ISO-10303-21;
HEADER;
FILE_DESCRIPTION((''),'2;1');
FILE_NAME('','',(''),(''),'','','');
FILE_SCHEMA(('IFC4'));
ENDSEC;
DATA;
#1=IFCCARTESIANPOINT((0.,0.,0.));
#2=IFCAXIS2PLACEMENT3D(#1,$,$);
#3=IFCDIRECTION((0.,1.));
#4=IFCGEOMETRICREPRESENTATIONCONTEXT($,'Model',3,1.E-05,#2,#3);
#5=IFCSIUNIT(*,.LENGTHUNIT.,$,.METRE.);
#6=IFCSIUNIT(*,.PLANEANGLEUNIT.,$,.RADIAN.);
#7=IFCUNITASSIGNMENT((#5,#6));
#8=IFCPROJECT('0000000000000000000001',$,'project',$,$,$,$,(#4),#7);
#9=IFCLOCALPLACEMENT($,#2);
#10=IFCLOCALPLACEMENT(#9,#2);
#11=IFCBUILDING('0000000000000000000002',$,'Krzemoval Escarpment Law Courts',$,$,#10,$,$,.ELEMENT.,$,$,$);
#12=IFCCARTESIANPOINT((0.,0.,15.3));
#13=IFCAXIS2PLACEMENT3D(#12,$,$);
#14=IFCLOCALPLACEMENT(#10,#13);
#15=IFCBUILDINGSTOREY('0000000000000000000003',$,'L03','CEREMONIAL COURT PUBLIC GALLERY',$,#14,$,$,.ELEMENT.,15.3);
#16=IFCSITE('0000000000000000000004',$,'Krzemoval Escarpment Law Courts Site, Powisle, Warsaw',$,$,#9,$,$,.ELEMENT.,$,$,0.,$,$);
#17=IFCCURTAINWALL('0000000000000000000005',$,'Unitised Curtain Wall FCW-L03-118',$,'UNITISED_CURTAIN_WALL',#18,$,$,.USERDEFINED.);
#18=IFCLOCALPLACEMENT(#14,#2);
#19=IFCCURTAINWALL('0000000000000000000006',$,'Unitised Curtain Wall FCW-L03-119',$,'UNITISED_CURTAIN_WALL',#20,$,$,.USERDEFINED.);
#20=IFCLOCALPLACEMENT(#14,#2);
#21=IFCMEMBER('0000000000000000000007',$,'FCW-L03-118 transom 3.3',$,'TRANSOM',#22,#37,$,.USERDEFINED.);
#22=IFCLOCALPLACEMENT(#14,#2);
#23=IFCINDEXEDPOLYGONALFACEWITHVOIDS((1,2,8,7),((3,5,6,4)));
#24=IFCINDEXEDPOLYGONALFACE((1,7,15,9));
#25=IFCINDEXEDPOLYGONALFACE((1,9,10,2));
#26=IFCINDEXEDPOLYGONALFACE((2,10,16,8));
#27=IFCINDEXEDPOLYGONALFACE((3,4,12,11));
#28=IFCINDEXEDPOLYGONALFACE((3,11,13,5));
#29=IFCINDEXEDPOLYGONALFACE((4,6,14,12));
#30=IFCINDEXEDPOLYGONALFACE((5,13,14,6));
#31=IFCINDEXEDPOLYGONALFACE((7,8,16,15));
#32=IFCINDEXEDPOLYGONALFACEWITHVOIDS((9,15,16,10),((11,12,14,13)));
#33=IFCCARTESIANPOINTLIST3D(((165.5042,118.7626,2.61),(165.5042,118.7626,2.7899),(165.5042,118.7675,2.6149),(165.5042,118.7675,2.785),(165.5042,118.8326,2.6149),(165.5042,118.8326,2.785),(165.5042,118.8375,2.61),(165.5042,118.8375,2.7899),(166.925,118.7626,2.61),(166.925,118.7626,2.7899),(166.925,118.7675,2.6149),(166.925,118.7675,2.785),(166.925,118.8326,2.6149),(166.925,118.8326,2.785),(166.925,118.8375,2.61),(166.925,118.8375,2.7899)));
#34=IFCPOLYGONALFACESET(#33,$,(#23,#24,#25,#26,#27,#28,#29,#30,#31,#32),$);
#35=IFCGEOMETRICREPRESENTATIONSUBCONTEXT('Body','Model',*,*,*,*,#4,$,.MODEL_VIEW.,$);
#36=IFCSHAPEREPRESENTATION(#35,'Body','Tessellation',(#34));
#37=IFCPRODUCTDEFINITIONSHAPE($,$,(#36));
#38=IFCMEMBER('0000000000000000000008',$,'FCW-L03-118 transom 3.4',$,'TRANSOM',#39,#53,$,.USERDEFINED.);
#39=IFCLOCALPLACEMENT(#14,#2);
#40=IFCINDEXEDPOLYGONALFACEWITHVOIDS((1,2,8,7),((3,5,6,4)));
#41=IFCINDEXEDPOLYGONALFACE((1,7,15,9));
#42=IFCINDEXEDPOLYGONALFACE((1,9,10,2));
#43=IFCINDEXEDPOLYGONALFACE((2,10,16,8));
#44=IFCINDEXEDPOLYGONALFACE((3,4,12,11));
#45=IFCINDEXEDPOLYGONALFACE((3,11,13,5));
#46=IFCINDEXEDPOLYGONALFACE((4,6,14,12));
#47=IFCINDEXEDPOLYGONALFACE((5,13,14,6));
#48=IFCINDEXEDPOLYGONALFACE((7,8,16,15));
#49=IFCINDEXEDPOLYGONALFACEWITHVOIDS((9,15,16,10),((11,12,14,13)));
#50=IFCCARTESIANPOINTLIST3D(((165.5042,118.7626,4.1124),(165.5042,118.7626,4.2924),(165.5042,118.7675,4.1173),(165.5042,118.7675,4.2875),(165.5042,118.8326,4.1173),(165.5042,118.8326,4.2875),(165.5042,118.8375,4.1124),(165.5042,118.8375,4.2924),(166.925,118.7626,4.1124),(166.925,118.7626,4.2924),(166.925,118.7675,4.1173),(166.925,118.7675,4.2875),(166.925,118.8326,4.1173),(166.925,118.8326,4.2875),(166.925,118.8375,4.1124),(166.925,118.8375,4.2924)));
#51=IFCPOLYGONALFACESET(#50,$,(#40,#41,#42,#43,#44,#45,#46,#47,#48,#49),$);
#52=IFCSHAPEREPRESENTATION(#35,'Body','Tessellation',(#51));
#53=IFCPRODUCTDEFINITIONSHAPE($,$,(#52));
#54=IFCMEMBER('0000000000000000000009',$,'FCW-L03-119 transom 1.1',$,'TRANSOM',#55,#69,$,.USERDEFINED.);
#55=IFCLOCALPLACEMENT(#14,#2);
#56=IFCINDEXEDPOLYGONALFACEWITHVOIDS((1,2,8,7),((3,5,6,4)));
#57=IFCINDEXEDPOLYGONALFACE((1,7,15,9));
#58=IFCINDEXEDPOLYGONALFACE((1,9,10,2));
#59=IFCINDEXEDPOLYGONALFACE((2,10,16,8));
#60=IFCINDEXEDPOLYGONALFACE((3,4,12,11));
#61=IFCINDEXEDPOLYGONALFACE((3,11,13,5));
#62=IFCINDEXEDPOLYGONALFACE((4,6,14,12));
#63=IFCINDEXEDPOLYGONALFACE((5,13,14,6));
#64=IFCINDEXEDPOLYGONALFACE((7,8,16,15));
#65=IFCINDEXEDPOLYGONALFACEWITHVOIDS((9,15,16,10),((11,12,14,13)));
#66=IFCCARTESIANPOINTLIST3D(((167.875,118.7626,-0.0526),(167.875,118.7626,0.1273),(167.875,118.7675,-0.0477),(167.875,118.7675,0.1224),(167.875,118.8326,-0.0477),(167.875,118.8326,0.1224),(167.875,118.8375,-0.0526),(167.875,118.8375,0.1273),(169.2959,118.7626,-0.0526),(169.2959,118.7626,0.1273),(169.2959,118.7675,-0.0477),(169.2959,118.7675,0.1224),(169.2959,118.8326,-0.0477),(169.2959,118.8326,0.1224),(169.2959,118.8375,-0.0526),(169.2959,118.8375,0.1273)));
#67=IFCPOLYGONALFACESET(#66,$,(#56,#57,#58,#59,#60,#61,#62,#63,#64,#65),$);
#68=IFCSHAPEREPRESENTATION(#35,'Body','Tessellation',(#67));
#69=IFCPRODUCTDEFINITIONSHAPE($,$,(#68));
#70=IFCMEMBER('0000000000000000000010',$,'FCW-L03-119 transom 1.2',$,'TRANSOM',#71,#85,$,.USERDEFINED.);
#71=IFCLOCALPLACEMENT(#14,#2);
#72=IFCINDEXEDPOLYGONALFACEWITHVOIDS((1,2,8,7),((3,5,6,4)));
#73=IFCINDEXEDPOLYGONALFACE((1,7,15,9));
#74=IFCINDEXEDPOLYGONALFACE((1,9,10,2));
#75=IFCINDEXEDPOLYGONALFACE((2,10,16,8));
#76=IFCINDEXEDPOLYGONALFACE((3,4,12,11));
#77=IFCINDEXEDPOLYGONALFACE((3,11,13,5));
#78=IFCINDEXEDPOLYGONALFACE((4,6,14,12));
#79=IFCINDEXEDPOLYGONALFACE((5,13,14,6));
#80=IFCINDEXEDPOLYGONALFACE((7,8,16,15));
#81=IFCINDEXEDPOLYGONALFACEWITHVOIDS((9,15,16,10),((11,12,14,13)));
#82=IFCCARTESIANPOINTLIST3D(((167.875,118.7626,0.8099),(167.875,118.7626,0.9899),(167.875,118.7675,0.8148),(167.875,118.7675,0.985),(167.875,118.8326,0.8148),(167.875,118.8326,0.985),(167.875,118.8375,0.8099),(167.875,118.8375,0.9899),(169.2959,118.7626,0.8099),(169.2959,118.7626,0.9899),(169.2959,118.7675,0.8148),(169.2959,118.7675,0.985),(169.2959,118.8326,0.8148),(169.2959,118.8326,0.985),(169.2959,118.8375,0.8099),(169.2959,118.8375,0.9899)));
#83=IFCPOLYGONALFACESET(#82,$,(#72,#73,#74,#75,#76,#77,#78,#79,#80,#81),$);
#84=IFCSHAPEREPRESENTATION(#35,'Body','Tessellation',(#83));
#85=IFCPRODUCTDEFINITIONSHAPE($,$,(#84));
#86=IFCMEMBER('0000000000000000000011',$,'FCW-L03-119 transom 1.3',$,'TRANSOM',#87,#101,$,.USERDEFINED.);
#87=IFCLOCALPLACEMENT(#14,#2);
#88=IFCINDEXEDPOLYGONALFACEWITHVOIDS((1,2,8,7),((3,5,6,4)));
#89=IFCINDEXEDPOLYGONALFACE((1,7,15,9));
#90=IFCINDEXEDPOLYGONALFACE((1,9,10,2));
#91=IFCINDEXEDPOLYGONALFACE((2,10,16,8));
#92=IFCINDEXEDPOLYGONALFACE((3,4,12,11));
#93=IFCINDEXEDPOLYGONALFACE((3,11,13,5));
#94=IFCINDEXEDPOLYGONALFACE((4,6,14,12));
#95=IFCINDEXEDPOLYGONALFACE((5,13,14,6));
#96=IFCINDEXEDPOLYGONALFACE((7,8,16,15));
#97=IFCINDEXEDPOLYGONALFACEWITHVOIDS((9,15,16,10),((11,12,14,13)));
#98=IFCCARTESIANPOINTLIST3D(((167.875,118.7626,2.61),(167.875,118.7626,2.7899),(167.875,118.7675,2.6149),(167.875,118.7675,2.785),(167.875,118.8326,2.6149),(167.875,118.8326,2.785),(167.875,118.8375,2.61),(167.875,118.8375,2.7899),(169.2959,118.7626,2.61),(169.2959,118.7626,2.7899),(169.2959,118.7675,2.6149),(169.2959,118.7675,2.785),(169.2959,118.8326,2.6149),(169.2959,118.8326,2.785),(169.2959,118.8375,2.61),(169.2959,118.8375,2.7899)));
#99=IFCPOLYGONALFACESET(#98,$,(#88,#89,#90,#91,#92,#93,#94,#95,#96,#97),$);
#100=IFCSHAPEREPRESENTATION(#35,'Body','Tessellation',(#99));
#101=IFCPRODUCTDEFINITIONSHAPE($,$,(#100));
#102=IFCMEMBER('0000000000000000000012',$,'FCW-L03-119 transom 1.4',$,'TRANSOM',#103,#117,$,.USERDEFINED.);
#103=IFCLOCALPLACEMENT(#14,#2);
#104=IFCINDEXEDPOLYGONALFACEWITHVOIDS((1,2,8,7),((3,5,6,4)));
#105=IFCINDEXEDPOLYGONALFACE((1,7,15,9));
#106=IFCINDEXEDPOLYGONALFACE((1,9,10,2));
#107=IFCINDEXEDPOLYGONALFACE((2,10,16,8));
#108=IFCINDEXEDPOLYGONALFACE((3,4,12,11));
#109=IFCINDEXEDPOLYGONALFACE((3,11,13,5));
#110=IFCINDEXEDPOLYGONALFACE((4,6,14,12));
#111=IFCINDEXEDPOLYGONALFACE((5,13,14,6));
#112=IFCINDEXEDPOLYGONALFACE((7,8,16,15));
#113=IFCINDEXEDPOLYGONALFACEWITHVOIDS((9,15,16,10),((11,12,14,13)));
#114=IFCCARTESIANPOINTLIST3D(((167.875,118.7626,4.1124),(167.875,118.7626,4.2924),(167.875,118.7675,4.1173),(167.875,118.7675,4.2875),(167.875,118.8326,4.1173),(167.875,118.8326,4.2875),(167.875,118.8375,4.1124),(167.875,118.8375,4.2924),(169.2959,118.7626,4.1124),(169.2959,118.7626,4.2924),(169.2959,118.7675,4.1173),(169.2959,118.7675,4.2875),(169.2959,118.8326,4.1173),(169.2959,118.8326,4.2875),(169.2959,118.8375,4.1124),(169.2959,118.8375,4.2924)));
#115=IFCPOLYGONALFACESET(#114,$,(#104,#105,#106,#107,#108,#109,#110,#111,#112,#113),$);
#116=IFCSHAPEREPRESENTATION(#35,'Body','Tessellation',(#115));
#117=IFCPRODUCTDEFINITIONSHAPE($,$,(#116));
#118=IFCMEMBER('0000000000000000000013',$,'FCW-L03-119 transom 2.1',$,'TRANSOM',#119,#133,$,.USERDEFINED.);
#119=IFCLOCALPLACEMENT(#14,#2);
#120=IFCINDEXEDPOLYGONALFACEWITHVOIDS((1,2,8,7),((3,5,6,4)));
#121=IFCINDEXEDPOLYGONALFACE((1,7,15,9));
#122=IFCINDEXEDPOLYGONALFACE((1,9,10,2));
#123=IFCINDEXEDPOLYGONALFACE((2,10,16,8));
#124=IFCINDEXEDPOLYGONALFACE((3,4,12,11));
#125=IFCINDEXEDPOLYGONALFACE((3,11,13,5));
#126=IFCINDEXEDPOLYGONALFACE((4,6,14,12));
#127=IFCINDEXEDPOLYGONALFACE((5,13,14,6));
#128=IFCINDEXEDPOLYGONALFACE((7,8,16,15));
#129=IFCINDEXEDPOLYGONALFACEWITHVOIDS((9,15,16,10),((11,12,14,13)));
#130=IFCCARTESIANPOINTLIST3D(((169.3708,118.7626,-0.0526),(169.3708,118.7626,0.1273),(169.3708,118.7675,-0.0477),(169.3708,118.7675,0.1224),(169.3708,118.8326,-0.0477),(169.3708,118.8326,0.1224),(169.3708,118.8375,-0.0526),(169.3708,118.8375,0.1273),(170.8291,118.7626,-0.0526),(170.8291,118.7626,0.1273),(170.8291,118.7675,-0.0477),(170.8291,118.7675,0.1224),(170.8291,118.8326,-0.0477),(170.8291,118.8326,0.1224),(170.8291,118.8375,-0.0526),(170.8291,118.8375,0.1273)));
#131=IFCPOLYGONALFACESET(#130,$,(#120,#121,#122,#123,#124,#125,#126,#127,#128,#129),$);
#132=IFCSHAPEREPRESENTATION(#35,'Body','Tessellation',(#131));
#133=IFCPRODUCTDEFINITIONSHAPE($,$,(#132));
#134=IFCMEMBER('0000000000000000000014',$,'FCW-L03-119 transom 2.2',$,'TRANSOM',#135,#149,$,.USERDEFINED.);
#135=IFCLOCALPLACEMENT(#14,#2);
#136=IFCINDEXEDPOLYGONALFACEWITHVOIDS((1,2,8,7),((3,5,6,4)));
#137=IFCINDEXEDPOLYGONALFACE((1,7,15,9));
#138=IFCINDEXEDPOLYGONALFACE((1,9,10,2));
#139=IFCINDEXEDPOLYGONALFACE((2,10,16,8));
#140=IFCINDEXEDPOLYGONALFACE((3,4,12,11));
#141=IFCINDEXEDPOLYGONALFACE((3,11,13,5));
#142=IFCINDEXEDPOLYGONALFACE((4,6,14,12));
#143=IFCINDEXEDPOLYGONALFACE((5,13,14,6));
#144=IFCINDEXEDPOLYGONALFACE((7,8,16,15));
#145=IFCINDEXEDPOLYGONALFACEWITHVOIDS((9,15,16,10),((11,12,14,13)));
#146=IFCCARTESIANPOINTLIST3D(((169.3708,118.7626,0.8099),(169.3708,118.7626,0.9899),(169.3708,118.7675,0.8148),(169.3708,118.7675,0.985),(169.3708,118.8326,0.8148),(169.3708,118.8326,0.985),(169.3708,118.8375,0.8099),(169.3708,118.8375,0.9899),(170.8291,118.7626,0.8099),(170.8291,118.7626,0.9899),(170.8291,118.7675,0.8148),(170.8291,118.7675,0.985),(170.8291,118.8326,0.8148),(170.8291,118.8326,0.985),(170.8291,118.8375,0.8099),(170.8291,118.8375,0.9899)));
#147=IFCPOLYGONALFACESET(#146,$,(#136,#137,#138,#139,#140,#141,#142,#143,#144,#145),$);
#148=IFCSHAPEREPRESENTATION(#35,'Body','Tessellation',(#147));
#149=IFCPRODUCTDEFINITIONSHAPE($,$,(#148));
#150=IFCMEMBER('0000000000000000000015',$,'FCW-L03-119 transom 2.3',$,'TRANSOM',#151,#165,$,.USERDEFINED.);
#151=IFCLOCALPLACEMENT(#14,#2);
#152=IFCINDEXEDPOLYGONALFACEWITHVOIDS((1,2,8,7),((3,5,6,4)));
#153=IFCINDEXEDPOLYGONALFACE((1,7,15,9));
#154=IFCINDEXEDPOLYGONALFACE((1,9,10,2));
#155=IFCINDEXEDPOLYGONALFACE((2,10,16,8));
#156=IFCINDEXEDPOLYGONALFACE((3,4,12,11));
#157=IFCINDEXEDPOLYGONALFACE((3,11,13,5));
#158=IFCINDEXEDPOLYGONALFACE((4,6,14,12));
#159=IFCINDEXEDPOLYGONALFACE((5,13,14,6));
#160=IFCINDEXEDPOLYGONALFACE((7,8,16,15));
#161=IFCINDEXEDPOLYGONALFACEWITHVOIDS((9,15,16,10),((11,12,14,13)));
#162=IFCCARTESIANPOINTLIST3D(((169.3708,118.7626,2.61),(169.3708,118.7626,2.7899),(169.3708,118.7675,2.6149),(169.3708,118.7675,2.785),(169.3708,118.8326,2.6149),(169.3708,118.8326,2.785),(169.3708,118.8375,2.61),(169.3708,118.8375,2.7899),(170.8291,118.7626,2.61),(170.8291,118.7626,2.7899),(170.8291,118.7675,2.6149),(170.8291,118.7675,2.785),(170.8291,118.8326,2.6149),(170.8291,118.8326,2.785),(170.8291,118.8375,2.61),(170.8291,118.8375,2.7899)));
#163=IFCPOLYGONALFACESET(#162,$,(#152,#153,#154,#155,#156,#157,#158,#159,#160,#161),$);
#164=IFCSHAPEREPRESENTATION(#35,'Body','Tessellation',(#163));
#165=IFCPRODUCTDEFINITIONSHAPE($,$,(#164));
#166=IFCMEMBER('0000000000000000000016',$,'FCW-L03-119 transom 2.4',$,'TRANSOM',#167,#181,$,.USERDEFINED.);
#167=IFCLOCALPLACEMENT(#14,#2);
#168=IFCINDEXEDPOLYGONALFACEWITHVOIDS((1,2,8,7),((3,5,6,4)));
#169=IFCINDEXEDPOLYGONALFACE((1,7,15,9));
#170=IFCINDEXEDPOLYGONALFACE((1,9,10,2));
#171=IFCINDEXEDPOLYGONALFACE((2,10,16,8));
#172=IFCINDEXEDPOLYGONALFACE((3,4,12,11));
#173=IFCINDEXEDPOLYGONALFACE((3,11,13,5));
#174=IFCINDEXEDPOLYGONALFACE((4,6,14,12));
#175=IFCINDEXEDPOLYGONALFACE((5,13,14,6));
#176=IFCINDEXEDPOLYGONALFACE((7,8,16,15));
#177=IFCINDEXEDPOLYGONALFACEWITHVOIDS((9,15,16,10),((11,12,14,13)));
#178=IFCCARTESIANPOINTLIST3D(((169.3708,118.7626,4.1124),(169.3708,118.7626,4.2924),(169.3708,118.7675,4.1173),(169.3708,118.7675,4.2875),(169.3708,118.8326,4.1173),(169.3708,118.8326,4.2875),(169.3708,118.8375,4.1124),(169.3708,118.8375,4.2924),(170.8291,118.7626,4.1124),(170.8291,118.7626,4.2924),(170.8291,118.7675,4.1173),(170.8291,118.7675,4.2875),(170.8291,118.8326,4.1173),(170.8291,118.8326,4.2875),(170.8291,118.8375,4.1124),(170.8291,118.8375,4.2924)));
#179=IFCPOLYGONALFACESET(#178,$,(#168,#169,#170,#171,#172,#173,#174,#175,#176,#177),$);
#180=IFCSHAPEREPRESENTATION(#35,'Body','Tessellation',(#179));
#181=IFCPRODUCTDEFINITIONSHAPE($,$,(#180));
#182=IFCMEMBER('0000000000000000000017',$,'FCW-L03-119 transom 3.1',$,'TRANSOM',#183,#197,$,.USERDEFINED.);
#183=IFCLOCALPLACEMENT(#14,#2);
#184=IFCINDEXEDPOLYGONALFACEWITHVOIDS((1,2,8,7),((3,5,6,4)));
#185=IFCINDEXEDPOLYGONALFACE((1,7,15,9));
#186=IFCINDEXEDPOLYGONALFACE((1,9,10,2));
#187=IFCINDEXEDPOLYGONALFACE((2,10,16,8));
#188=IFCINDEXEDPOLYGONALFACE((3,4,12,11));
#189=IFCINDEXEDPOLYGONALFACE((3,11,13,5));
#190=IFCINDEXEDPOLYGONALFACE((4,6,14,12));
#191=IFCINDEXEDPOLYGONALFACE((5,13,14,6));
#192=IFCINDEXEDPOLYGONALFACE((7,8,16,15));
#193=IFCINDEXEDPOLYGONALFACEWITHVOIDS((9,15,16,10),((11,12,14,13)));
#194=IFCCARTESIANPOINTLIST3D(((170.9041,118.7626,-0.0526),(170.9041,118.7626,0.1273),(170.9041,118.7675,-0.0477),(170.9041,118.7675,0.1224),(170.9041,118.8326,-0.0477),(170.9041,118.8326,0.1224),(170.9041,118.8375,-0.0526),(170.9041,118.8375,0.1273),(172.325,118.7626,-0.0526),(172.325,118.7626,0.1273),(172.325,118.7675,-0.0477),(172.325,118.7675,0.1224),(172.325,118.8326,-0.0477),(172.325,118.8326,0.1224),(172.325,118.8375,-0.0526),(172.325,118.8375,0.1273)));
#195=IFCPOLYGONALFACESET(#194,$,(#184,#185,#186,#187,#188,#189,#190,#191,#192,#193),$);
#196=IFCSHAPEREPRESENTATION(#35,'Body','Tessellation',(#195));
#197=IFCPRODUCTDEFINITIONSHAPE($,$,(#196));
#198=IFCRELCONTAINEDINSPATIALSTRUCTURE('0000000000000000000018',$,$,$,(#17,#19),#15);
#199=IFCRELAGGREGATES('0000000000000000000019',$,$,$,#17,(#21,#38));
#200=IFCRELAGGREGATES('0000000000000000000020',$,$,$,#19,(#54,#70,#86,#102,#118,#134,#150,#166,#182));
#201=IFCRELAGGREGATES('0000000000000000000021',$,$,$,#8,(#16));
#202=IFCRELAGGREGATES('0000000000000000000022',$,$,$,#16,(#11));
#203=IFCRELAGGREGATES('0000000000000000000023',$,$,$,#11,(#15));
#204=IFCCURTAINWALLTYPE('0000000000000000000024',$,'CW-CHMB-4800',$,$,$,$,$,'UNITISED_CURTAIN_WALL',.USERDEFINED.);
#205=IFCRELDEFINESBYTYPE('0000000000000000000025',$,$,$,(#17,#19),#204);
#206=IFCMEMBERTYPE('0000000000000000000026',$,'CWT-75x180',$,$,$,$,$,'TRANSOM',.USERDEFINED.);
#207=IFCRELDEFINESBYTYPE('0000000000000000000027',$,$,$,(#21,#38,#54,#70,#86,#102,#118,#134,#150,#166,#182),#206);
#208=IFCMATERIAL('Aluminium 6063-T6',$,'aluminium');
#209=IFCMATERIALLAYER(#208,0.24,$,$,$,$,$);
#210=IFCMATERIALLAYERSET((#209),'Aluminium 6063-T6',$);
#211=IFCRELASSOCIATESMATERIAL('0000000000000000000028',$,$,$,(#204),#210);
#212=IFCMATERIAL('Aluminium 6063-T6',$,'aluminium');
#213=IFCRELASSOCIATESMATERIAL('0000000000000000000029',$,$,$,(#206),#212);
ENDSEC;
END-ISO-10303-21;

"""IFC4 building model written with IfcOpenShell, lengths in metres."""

from ifc_helpers import new_model, si_unit, direction, frame, origin, origin_2d, place, context, subcontext, project, spatial, hollow_rectangle, extrude, material, layer, layer_set, material_profile, profile_set, type_object, element, aggregate, save


model = new_model("IFC4")

# Units and contexts
model_context = context("Model", 3, precision=1e-05, world=origin(), true_north=direction((0.0, 1.0)))
body_context = subcontext(model_context, "Body", "Model", "MODEL_VIEW")
ifc_project = project(units=[si_unit("LENGTHUNIT", "METRE"), si_unit("PLANEANGLEUNIT", "RADIAN")], contexts=[model_context])

# Site, building, storey
site_placement = place(None, origin())
site = spatial("IfcSite", under=ifc_project, at=site_placement, Name="Krzemoval Escarpment Law Courts Site, Powisle, Warsaw", CompositionType="ELEMENT", RefElevation=0.0)
building_placement = place(site_placement, origin())
building = spatial("IfcBuilding", under=site, at=building_placement, Name="Krzemoval Escarpment Law Courts", CompositionType="ELEMENT")
storey_placement = place(building_placement, frame((0.0, 0.0, 15.3)))
storey = spatial("IfcBuildingStorey", under=building, at=storey_placement, Name="L03", Description="CEREMONIAL COURT PUBLIC GALLERY", CompositionType="ELEMENT", Elevation=15.3)

# Curtain walls
ifc_material_1 = material(Name="Aluminium 6063-T6", Category="aluminium")
ifc_layer_1 = layer(ifc_material_1, 0.24)
ifc_layer_set_1 = layer_set([ifc_layer_1], Name="Aluminium 6063-T6")
curtain_wall_type = type_object("IfcCurtainWallType", Name="CW-CHMB-4800", ElementType="UNITISED_CURTAIN_WALL", PredefinedType="USERDEFINED", material=ifc_layer_set_1)
curtain_wall_1_placement = place(storey_placement, origin())
curtain_wall_1 = element("IfcCurtainWall", 1, at=curtain_wall_1_placement, inside=storey, type_object=curtain_wall_type, Name="Unitised Curtain Wall FCW-L03-118", ObjectType="UNITISED_CURTAIN_WALL", PredefinedType="USERDEFINED")
curtain_wall_2_placement = place(storey_placement, origin())
curtain_wall_2 = element("IfcCurtainWall", 2, at=curtain_wall_2_placement, inside=storey, type_object=curtain_wall_type, Name="Unitised Curtain Wall FCW-L03-119", ObjectType="UNITISED_CURTAIN_WALL", PredefinedType="USERDEFINED")

# Members
ifc_material_2 = material(Name="Aluminium 6063-T6", Category="aluminium")
ifc_material_profile_1 = material_profile(ifc_material_2, hollow_rectangle(XDim=0.075, YDim=0.1799, WallThickness=0.0049, at=origin_2d()), Name="ALU T75x180")
ifc_profile_set_1 = profile_set([ifc_material_profile_1], Name="Aluminium 6063-T6")
member_type_1 = type_object("IfcMemberType", Name="CWT-75x180", ElementType="TRANSOM", PredefinedType="USERDEFINED", material=ifc_profile_set_1)
member_1_placement = place(storey_placement, frame((165.5042, 118.8, 2.7), z_axis=(1.0, 0.0, 0.0), x_axis=(0.0, 1.0, 0.0)))
member_1 = element("IfcMember", 3, at=member_1_placement, type_object=member_type_1, Name="FCW-L03-118 transom 3.3", ObjectType="TRANSOM", PredefinedType="USERDEFINED", context=body_context, shape_type="SweptSolid", body=[
    extrude(hollow_rectangle(XDim=0.075, YDim=0.1799, WallThickness=0.0049, at=origin_2d()), origin(), (0.0, 0.0, 1.0), 1.4209),
])
member_2_placement = place(storey_placement, frame((165.5042, 118.8, 4.2024), z_axis=(1.0, 0.0, 0.0), x_axis=(0.0, 1.0, 0.0)))
member_2 = element("IfcMember", 4, at=member_2_placement, type_object=member_type_1, Name="FCW-L03-118 transom 3.4", ObjectType="TRANSOM", PredefinedType="USERDEFINED", context=body_context, shape_type="SweptSolid", body=[
    extrude(hollow_rectangle(XDim=0.075, YDim=0.1799, WallThickness=0.0049, at=origin_2d()), origin(), (0.0, 0.0, 1.0), 1.4209),
])
member_3_placement = place(storey_placement, frame((167.875, 118.8, 0.0374), z_axis=(1.0, 0.0, 0.0), x_axis=(0.0, 1.0, 0.0)))
member_3 = element("IfcMember", 5, at=member_3_placement, type_object=member_type_1, Name="FCW-L03-119 transom 1.1", ObjectType="TRANSOM", PredefinedType="USERDEFINED", context=body_context, shape_type="SweptSolid", body=[
    extrude(hollow_rectangle(XDim=0.075, YDim=0.1799, WallThickness=0.0049, at=origin_2d()), origin(), (0.0, 0.0, 1.0), 1.4209),
])
member_4_placement = place(storey_placement, frame((167.875, 118.8, 0.8999), z_axis=(1.0, 0.0, 0.0), x_axis=(0.0, 1.0, 0.0)))
member_4 = element("IfcMember", 6, at=member_4_placement, type_object=member_type_1, Name="FCW-L03-119 transom 1.2", ObjectType="TRANSOM", PredefinedType="USERDEFINED", context=body_context, shape_type="SweptSolid", body=[
    extrude(hollow_rectangle(XDim=0.075, YDim=0.1799, WallThickness=0.0049, at=origin_2d()), origin(), (0.0, 0.0, 1.0), 1.4209),
])
member_5_placement = place(storey_placement, frame((167.875, 118.8, 2.7), z_axis=(1.0, 0.0, 0.0), x_axis=(0.0, 1.0, 0.0)))
member_5 = element("IfcMember", 7, at=member_5_placement, type_object=member_type_1, Name="FCW-L03-119 transom 1.3", ObjectType="TRANSOM", PredefinedType="USERDEFINED", context=body_context, shape_type="SweptSolid", body=[
    extrude(hollow_rectangle(XDim=0.075, YDim=0.1799, WallThickness=0.0049, at=origin_2d()), origin(), (0.0, 0.0, 1.0), 1.4209),
])
member_6_placement = place(storey_placement, frame((167.875, 118.8, 4.2024), z_axis=(1.0, 0.0, 0.0), x_axis=(0.0, 1.0, 0.0)))
member_6 = element("IfcMember", 8, at=member_6_placement, type_object=member_type_1, Name="FCW-L03-119 transom 1.4", ObjectType="TRANSOM", PredefinedType="USERDEFINED", context=body_context, shape_type="SweptSolid", body=[
    extrude(hollow_rectangle(XDim=0.075, YDim=0.1799, WallThickness=0.0049, at=origin_2d()), origin(), (0.0, 0.0, 1.0), 1.4209),
])
member_7_placement = place(storey_placement, frame((169.3708, 118.8, 0.0374), z_axis=(1.0, 0.0, 0.0), x_axis=(0.0, 1.0, 0.0)))
member_7 = element("IfcMember", 9, at=member_7_placement, type_object=member_type_1, Name="FCW-L03-119 transom 2.1", ObjectType="TRANSOM", PredefinedType="USERDEFINED", context=body_context, shape_type="SweptSolid", body=[
    extrude(hollow_rectangle(XDim=0.075, YDim=0.1799, WallThickness=0.0049, at=origin_2d()), origin(), (0.0, 0.0, 1.0), 1.4583),
])
member_8_placement = place(storey_placement, frame((169.3708, 118.8, 0.8999), z_axis=(1.0, 0.0, 0.0), x_axis=(0.0, 1.0, 0.0)))
member_8 = element("IfcMember", 10, at=member_8_placement, type_object=member_type_1, Name="FCW-L03-119 transom 2.2", ObjectType="TRANSOM", PredefinedType="USERDEFINED", context=body_context, shape_type="SweptSolid", body=[
    extrude(hollow_rectangle(XDim=0.075, YDim=0.1799, WallThickness=0.0049, at=origin_2d()), origin(), (0.0, 0.0, 1.0), 1.4583),
])
member_9_placement = place(storey_placement, frame((169.3708, 118.8, 2.7), z_axis=(1.0, 0.0, 0.0), x_axis=(0.0, 1.0, 0.0)))
member_9 = element("IfcMember", 11, at=member_9_placement, type_object=member_type_1, Name="FCW-L03-119 transom 2.3", ObjectType="TRANSOM", PredefinedType="USERDEFINED", context=body_context, shape_type="SweptSolid", body=[
    extrude(hollow_rectangle(XDim=0.075, YDim=0.1799, WallThickness=0.0049, at=origin_2d()), origin(), (0.0, 0.0, 1.0), 1.4583),
])
member_10_placement = place(storey_placement, frame((169.3708, 118.8, 4.2024), z_axis=(1.0, 0.0, 0.0), x_axis=(0.0, 1.0, 0.0)))
member_10 = element("IfcMember", 12, at=member_10_placement, type_object=member_type_1, Name="FCW-L03-119 transom 2.4", ObjectType="TRANSOM", PredefinedType="USERDEFINED", context=body_context, shape_type="SweptSolid", body=[
    extrude(hollow_rectangle(XDim=0.075, YDim=0.1799, WallThickness=0.0049, at=origin_2d()), origin(), (0.0, 0.0, 1.0), 1.4583),
])
member_11_placement = place(storey_placement, frame((170.9041, 118.8, 0.0374), z_axis=(1.0, 0.0, 0.0), x_axis=(0.0, 1.0, 0.0)))
member_11 = element("IfcMember", 13, at=member_11_placement, type_object=member_type_1, Name="FCW-L03-119 transom 3.1", ObjectType="TRANSOM", PredefinedType="USERDEFINED", context=body_context, shape_type="SweptSolid", body=[
    extrude(hollow_rectangle(XDim=0.075, YDim=0.1799, WallThickness=0.0049, at=origin_2d()), origin(), (0.0, 0.0, 1.0), 1.4209),
])

aggregate(curtain_wall_1, [member_1, member_2])
aggregate(curtain_wall_2, [member_3, member_4, member_5, member_6, member_7, member_8, member_9, member_10, member_11])

save(model, "model.ifc")
